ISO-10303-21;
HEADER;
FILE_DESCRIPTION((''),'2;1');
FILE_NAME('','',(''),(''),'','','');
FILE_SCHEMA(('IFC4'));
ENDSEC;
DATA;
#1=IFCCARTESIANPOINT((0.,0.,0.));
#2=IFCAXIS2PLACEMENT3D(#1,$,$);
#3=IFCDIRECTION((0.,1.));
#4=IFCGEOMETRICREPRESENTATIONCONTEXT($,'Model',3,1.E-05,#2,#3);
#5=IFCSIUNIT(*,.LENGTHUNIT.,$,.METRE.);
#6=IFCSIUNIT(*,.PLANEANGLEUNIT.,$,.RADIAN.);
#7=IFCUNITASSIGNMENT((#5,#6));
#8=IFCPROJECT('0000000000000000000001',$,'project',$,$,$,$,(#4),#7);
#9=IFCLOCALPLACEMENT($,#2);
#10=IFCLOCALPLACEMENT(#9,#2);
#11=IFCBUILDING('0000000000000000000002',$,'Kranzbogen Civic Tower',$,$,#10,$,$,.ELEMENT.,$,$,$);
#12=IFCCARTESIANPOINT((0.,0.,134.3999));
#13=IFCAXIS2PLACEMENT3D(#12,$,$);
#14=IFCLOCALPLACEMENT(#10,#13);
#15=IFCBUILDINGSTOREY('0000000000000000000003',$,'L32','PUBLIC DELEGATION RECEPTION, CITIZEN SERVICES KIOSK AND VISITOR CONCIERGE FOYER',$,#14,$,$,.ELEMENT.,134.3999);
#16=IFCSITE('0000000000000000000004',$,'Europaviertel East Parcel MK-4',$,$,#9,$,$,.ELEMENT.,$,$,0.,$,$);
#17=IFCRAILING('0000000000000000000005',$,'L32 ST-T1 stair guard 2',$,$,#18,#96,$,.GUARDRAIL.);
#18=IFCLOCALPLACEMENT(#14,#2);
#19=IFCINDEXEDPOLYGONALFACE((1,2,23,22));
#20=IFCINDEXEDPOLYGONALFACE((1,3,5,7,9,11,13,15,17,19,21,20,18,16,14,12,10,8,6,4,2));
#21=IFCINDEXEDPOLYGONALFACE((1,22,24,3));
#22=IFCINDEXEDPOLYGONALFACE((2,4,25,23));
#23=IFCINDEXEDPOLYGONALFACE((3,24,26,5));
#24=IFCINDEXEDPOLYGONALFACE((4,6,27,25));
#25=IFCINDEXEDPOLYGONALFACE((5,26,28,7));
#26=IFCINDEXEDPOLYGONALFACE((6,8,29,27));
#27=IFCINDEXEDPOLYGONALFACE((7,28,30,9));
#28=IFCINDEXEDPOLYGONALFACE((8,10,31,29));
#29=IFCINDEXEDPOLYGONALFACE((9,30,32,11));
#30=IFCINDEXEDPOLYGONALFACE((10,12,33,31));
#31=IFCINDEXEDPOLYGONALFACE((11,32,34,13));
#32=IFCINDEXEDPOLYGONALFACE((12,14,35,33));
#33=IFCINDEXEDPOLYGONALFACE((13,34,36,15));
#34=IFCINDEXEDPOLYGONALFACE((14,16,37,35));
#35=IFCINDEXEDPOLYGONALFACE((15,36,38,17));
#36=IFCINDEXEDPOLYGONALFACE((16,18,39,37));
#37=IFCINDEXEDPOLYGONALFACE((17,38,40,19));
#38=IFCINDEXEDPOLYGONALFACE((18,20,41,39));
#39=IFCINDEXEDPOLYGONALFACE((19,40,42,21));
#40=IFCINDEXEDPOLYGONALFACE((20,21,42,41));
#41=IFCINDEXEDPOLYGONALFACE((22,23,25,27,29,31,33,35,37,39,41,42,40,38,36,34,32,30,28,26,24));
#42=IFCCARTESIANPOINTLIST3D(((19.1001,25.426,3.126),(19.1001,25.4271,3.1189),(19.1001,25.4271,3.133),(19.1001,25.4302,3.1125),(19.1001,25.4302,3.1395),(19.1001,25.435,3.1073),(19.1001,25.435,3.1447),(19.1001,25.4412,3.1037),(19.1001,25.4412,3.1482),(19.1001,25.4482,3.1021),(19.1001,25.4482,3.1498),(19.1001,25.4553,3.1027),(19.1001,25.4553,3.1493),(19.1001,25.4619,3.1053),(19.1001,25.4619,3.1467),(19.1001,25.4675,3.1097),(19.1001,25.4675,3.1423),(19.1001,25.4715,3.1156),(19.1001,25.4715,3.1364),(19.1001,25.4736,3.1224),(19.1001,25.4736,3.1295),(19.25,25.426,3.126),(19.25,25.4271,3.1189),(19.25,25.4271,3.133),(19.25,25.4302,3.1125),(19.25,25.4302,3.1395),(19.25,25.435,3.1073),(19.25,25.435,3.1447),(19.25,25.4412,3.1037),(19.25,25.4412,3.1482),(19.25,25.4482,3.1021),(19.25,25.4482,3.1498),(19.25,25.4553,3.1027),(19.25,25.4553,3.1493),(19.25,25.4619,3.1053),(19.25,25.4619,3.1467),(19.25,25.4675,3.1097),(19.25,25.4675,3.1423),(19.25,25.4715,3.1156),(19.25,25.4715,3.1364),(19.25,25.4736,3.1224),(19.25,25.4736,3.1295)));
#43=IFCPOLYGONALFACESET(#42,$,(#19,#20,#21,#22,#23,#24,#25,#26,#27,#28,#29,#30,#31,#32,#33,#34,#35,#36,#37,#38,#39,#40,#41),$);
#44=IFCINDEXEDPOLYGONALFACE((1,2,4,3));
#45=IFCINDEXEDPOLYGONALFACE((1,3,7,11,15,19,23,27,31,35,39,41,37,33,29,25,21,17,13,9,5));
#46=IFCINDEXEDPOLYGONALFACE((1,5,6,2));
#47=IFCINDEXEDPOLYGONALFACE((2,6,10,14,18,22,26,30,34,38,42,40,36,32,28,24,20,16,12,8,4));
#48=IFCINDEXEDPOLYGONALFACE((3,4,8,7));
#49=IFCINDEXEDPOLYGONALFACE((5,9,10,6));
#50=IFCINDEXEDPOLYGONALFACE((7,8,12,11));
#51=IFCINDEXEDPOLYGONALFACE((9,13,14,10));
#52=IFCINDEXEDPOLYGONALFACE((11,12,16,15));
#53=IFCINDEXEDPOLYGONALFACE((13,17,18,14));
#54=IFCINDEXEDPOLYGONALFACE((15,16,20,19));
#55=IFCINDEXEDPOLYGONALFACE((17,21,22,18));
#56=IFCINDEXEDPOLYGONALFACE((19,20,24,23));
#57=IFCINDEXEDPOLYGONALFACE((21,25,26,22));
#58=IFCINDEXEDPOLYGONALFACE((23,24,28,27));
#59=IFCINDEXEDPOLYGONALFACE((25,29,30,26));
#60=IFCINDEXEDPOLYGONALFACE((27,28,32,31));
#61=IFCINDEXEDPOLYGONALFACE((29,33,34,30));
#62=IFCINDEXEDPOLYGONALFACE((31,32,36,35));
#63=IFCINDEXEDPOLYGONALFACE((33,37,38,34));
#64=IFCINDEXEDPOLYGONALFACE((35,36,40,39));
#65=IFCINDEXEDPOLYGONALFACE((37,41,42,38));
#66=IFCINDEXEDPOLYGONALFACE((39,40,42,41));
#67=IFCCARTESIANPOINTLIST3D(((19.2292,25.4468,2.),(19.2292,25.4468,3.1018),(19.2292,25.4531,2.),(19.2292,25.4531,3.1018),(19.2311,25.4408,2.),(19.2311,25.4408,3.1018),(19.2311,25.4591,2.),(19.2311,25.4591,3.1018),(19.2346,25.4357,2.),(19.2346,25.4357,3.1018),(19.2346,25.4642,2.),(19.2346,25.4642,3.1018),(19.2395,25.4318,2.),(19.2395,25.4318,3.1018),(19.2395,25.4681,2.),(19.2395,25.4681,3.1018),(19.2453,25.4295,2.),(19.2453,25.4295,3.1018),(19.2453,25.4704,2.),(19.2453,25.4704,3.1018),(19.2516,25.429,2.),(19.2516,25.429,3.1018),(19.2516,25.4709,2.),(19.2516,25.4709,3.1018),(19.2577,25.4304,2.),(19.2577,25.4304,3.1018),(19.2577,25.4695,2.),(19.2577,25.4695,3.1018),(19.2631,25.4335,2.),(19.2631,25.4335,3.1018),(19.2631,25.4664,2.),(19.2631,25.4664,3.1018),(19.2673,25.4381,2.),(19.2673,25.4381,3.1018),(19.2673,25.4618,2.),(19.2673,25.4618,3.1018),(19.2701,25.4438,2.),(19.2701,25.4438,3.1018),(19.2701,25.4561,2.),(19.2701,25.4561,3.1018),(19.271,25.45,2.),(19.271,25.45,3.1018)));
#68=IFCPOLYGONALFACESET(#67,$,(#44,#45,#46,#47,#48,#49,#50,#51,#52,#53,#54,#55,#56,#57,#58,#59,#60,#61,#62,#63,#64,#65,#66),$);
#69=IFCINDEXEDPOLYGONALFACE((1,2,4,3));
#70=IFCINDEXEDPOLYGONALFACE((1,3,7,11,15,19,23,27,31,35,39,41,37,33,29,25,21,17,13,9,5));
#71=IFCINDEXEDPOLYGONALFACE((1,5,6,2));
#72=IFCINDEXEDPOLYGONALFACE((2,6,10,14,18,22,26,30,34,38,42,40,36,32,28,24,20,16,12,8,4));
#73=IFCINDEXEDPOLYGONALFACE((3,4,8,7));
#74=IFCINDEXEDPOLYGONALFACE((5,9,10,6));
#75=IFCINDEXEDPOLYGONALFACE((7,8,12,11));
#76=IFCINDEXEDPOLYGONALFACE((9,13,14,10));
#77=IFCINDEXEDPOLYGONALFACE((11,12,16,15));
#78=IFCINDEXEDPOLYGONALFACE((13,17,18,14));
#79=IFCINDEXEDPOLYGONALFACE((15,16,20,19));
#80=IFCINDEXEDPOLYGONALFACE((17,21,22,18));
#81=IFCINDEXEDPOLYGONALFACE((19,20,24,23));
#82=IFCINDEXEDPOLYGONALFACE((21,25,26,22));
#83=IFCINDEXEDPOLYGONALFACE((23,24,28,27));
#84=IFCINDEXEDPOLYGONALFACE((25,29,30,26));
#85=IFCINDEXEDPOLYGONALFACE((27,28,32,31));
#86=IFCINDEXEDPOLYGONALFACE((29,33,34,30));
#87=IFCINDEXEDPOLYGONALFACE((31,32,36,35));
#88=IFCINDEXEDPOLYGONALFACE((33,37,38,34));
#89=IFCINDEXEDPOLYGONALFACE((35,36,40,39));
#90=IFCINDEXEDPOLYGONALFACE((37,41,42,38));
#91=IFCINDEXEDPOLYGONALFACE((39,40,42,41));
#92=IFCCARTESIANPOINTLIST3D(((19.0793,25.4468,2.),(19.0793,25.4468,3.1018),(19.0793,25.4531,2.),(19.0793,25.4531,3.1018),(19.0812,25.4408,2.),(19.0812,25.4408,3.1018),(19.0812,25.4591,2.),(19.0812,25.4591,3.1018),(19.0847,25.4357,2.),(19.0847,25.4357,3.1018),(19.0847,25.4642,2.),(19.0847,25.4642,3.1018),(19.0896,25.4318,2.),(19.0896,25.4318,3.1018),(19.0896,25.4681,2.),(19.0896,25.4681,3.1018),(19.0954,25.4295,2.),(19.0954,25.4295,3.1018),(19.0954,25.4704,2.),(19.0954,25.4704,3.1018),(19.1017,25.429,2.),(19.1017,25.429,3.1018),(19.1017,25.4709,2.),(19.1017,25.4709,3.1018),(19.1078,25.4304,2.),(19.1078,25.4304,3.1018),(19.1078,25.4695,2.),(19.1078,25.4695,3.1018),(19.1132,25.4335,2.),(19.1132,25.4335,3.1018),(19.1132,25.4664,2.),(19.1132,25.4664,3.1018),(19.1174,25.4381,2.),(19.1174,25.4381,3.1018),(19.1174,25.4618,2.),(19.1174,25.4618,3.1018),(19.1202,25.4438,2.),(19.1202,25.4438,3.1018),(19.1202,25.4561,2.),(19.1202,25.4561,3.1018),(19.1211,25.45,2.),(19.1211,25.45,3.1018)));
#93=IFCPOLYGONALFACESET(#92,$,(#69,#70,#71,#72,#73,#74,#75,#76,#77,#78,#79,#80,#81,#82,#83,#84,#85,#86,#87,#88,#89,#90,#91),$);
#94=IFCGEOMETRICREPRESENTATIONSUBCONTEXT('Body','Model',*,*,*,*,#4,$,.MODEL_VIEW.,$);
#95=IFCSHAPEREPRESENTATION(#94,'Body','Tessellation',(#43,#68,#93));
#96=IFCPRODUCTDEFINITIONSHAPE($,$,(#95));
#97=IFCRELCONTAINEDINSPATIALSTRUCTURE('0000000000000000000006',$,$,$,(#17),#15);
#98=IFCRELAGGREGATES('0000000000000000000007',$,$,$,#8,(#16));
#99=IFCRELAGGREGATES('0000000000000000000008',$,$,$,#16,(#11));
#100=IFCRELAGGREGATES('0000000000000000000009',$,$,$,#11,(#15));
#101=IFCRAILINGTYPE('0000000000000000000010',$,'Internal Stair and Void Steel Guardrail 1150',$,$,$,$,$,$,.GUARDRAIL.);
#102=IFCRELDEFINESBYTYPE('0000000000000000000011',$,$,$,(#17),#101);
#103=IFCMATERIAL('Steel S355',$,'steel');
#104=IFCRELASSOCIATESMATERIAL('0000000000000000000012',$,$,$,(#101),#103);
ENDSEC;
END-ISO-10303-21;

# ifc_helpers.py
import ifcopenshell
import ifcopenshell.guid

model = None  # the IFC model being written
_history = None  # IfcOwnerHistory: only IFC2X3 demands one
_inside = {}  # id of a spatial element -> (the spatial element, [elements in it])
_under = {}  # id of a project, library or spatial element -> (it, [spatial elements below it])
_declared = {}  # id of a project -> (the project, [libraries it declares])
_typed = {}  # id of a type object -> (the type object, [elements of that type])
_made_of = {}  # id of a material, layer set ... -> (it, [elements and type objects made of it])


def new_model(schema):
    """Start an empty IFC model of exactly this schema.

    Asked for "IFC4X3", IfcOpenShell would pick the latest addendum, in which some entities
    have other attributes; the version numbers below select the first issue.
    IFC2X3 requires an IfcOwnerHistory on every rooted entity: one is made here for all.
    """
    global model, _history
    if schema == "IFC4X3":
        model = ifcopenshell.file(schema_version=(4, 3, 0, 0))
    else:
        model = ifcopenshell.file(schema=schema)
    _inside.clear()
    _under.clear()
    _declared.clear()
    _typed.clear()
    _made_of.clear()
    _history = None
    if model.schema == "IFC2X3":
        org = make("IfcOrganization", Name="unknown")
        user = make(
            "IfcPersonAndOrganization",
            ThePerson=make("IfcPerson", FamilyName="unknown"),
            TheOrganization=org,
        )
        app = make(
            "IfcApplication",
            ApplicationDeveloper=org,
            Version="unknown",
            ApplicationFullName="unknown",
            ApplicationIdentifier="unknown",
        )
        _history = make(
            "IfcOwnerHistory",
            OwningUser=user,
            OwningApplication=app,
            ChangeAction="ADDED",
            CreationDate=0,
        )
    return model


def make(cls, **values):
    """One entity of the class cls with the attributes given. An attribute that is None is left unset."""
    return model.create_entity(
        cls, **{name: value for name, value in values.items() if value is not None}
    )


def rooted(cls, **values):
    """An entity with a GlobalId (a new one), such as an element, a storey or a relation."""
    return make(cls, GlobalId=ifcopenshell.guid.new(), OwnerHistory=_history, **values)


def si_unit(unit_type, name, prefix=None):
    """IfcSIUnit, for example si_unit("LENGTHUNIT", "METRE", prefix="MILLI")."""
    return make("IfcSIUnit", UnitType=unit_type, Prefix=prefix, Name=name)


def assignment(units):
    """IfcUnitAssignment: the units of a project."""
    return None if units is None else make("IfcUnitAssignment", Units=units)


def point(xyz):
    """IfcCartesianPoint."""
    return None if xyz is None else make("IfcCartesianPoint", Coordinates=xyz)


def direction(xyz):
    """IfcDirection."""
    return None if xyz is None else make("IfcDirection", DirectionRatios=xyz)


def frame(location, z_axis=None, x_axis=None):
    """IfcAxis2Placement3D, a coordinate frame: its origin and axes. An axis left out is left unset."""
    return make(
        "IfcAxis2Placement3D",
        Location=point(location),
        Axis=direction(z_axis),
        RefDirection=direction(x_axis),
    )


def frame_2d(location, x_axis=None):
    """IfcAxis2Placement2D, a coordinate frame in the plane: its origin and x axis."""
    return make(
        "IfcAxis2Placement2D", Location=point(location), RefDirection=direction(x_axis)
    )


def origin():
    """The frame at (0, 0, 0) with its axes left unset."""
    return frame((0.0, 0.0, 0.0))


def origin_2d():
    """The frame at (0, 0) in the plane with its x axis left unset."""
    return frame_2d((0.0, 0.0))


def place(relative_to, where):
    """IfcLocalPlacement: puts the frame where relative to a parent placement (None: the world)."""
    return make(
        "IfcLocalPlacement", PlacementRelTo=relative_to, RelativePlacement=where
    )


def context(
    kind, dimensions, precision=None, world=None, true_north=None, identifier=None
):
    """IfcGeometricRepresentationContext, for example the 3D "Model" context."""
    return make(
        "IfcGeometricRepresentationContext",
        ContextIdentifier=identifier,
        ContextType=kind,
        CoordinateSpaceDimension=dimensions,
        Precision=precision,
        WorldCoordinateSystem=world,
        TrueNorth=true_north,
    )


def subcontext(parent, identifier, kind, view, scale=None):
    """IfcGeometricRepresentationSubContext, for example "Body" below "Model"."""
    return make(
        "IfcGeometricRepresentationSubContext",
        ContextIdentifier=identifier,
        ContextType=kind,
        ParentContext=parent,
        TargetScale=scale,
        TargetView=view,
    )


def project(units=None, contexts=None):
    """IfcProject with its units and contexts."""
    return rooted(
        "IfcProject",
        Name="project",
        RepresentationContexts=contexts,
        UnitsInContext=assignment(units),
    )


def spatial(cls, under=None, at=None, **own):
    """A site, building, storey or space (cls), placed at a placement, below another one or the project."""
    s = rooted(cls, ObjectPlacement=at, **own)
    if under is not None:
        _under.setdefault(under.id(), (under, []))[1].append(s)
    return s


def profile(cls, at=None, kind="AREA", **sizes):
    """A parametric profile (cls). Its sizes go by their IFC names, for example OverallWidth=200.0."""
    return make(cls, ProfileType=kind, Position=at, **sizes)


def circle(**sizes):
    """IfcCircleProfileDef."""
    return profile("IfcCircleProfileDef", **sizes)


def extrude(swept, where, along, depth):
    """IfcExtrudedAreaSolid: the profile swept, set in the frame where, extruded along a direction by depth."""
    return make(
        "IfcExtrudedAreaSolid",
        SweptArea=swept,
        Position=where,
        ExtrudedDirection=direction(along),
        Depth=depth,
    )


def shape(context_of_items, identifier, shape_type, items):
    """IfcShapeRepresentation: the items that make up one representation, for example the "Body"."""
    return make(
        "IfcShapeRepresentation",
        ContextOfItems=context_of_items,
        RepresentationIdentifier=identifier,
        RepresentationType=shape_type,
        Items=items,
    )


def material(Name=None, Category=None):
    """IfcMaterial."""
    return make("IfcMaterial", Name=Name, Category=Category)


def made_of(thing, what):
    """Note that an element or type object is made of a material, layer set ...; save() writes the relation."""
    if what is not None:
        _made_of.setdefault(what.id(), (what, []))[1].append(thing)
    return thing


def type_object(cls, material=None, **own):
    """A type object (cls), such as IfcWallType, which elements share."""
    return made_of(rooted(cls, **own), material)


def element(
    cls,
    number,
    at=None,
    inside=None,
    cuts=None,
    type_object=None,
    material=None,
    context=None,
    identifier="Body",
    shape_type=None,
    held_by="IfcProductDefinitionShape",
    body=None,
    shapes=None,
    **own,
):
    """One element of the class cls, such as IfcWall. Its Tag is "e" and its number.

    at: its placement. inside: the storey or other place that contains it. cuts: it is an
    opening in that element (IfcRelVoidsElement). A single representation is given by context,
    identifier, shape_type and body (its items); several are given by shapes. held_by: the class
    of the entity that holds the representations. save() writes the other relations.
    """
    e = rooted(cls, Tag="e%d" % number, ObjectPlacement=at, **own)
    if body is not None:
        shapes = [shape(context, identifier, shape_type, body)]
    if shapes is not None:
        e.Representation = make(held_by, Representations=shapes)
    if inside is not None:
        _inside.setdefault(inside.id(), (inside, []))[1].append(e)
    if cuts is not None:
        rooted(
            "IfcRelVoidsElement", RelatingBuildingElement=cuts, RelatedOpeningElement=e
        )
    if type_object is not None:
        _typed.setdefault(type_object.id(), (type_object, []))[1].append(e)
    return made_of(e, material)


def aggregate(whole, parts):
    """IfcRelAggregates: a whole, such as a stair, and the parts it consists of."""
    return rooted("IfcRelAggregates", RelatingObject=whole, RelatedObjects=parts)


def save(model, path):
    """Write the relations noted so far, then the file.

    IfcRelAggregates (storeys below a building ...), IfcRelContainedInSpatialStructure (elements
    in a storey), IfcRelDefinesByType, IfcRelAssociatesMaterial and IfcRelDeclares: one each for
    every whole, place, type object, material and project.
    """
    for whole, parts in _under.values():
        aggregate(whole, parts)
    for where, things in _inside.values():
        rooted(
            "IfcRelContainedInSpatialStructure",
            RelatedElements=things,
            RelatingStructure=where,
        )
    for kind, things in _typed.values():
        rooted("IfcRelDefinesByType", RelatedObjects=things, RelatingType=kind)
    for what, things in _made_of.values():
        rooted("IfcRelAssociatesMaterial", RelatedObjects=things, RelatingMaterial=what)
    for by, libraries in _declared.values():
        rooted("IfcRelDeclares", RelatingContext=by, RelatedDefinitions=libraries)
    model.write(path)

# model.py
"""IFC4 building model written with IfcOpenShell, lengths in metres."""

from ifc_helpers import new_model, si_unit, direction, frame, origin, origin_2d, place, context, subcontext, project, spatial, circle, extrude, material, type_object, element, save


model = new_model("IFC4")

# Units and contexts
model_context = context("Model", 3, precision=1e-05, world=origin(), true_north=direction((0.0, 1.0)))
body_context = subcontext(model_context, "Body", "Model", "MODEL_VIEW")
ifc_project = project(units=[si_unit("LENGTHUNIT", "METRE"), si_unit("PLANEANGLEUNIT", "RADIAN")], contexts=[model_context])

# Site, building, storey
site_placement = place(None, origin())
site = spatial("IfcSite", under=ifc_project, at=site_placement, Name="Europaviertel East Parcel MK-4", CompositionType="ELEMENT", RefElevation=0.0)
building_placement = place(site_placement, origin())
building = spatial("IfcBuilding", under=site, at=building_placement, Name="Kranzbogen Civic Tower", CompositionType="ELEMENT")
storey_placement = place(building_placement, frame((0.0, 0.0, 134.3999)))
storey = spatial("IfcBuildingStorey", under=building, at=storey_placement, Name="L32", Description="PUBLIC DELEGATION RECEPTION, CITIZEN SERVICES KIOSK AND VISITOR CONCIERGE FOYER", CompositionType="ELEMENT", Elevation=134.3999)

# Shared definitions
ifc_material_1 = material(Name="Steel S355", Category="steel")

# Railing
railing_type_1 = type_object("IfcRailingType", Name="Internal Stair and Void Steel Guardrail 1150", PredefinedType="GUARDRAIL", material=ifc_material_1)
railing_1_placement = place(storey_placement, frame((19.25, 25.45, 2.0)))
element("IfcRailing", 1, at=railing_1_placement, inside=storey, type_object=railing_type_1, Name="L32 ST-T1 stair guard 2", PredefinedType="GUARDRAIL", context=body_context, shape_type="SweptSolid", body=[
    extrude(circle(Radius=0.0239, at=origin_2d()), frame((0.0, 0.0, 1.126), z_axis=(-1.0, 0.0, 0.0), x_axis=(0.0, -1.0, 0.0)), (0.0, 0.0, 1.0), 0.1499),
    extrude(circle(Radius=0.021, at=origin_2d()), origin(), (0.0, 0.0, 1.0), 1.1018),
    extrude(circle(Radius=0.021, at=origin_2d()), frame((-0.1499, 0.0, 0.0)), (0.0, 0.0, 1.0), 1.1018),
])

save(model, "model.ifc")
